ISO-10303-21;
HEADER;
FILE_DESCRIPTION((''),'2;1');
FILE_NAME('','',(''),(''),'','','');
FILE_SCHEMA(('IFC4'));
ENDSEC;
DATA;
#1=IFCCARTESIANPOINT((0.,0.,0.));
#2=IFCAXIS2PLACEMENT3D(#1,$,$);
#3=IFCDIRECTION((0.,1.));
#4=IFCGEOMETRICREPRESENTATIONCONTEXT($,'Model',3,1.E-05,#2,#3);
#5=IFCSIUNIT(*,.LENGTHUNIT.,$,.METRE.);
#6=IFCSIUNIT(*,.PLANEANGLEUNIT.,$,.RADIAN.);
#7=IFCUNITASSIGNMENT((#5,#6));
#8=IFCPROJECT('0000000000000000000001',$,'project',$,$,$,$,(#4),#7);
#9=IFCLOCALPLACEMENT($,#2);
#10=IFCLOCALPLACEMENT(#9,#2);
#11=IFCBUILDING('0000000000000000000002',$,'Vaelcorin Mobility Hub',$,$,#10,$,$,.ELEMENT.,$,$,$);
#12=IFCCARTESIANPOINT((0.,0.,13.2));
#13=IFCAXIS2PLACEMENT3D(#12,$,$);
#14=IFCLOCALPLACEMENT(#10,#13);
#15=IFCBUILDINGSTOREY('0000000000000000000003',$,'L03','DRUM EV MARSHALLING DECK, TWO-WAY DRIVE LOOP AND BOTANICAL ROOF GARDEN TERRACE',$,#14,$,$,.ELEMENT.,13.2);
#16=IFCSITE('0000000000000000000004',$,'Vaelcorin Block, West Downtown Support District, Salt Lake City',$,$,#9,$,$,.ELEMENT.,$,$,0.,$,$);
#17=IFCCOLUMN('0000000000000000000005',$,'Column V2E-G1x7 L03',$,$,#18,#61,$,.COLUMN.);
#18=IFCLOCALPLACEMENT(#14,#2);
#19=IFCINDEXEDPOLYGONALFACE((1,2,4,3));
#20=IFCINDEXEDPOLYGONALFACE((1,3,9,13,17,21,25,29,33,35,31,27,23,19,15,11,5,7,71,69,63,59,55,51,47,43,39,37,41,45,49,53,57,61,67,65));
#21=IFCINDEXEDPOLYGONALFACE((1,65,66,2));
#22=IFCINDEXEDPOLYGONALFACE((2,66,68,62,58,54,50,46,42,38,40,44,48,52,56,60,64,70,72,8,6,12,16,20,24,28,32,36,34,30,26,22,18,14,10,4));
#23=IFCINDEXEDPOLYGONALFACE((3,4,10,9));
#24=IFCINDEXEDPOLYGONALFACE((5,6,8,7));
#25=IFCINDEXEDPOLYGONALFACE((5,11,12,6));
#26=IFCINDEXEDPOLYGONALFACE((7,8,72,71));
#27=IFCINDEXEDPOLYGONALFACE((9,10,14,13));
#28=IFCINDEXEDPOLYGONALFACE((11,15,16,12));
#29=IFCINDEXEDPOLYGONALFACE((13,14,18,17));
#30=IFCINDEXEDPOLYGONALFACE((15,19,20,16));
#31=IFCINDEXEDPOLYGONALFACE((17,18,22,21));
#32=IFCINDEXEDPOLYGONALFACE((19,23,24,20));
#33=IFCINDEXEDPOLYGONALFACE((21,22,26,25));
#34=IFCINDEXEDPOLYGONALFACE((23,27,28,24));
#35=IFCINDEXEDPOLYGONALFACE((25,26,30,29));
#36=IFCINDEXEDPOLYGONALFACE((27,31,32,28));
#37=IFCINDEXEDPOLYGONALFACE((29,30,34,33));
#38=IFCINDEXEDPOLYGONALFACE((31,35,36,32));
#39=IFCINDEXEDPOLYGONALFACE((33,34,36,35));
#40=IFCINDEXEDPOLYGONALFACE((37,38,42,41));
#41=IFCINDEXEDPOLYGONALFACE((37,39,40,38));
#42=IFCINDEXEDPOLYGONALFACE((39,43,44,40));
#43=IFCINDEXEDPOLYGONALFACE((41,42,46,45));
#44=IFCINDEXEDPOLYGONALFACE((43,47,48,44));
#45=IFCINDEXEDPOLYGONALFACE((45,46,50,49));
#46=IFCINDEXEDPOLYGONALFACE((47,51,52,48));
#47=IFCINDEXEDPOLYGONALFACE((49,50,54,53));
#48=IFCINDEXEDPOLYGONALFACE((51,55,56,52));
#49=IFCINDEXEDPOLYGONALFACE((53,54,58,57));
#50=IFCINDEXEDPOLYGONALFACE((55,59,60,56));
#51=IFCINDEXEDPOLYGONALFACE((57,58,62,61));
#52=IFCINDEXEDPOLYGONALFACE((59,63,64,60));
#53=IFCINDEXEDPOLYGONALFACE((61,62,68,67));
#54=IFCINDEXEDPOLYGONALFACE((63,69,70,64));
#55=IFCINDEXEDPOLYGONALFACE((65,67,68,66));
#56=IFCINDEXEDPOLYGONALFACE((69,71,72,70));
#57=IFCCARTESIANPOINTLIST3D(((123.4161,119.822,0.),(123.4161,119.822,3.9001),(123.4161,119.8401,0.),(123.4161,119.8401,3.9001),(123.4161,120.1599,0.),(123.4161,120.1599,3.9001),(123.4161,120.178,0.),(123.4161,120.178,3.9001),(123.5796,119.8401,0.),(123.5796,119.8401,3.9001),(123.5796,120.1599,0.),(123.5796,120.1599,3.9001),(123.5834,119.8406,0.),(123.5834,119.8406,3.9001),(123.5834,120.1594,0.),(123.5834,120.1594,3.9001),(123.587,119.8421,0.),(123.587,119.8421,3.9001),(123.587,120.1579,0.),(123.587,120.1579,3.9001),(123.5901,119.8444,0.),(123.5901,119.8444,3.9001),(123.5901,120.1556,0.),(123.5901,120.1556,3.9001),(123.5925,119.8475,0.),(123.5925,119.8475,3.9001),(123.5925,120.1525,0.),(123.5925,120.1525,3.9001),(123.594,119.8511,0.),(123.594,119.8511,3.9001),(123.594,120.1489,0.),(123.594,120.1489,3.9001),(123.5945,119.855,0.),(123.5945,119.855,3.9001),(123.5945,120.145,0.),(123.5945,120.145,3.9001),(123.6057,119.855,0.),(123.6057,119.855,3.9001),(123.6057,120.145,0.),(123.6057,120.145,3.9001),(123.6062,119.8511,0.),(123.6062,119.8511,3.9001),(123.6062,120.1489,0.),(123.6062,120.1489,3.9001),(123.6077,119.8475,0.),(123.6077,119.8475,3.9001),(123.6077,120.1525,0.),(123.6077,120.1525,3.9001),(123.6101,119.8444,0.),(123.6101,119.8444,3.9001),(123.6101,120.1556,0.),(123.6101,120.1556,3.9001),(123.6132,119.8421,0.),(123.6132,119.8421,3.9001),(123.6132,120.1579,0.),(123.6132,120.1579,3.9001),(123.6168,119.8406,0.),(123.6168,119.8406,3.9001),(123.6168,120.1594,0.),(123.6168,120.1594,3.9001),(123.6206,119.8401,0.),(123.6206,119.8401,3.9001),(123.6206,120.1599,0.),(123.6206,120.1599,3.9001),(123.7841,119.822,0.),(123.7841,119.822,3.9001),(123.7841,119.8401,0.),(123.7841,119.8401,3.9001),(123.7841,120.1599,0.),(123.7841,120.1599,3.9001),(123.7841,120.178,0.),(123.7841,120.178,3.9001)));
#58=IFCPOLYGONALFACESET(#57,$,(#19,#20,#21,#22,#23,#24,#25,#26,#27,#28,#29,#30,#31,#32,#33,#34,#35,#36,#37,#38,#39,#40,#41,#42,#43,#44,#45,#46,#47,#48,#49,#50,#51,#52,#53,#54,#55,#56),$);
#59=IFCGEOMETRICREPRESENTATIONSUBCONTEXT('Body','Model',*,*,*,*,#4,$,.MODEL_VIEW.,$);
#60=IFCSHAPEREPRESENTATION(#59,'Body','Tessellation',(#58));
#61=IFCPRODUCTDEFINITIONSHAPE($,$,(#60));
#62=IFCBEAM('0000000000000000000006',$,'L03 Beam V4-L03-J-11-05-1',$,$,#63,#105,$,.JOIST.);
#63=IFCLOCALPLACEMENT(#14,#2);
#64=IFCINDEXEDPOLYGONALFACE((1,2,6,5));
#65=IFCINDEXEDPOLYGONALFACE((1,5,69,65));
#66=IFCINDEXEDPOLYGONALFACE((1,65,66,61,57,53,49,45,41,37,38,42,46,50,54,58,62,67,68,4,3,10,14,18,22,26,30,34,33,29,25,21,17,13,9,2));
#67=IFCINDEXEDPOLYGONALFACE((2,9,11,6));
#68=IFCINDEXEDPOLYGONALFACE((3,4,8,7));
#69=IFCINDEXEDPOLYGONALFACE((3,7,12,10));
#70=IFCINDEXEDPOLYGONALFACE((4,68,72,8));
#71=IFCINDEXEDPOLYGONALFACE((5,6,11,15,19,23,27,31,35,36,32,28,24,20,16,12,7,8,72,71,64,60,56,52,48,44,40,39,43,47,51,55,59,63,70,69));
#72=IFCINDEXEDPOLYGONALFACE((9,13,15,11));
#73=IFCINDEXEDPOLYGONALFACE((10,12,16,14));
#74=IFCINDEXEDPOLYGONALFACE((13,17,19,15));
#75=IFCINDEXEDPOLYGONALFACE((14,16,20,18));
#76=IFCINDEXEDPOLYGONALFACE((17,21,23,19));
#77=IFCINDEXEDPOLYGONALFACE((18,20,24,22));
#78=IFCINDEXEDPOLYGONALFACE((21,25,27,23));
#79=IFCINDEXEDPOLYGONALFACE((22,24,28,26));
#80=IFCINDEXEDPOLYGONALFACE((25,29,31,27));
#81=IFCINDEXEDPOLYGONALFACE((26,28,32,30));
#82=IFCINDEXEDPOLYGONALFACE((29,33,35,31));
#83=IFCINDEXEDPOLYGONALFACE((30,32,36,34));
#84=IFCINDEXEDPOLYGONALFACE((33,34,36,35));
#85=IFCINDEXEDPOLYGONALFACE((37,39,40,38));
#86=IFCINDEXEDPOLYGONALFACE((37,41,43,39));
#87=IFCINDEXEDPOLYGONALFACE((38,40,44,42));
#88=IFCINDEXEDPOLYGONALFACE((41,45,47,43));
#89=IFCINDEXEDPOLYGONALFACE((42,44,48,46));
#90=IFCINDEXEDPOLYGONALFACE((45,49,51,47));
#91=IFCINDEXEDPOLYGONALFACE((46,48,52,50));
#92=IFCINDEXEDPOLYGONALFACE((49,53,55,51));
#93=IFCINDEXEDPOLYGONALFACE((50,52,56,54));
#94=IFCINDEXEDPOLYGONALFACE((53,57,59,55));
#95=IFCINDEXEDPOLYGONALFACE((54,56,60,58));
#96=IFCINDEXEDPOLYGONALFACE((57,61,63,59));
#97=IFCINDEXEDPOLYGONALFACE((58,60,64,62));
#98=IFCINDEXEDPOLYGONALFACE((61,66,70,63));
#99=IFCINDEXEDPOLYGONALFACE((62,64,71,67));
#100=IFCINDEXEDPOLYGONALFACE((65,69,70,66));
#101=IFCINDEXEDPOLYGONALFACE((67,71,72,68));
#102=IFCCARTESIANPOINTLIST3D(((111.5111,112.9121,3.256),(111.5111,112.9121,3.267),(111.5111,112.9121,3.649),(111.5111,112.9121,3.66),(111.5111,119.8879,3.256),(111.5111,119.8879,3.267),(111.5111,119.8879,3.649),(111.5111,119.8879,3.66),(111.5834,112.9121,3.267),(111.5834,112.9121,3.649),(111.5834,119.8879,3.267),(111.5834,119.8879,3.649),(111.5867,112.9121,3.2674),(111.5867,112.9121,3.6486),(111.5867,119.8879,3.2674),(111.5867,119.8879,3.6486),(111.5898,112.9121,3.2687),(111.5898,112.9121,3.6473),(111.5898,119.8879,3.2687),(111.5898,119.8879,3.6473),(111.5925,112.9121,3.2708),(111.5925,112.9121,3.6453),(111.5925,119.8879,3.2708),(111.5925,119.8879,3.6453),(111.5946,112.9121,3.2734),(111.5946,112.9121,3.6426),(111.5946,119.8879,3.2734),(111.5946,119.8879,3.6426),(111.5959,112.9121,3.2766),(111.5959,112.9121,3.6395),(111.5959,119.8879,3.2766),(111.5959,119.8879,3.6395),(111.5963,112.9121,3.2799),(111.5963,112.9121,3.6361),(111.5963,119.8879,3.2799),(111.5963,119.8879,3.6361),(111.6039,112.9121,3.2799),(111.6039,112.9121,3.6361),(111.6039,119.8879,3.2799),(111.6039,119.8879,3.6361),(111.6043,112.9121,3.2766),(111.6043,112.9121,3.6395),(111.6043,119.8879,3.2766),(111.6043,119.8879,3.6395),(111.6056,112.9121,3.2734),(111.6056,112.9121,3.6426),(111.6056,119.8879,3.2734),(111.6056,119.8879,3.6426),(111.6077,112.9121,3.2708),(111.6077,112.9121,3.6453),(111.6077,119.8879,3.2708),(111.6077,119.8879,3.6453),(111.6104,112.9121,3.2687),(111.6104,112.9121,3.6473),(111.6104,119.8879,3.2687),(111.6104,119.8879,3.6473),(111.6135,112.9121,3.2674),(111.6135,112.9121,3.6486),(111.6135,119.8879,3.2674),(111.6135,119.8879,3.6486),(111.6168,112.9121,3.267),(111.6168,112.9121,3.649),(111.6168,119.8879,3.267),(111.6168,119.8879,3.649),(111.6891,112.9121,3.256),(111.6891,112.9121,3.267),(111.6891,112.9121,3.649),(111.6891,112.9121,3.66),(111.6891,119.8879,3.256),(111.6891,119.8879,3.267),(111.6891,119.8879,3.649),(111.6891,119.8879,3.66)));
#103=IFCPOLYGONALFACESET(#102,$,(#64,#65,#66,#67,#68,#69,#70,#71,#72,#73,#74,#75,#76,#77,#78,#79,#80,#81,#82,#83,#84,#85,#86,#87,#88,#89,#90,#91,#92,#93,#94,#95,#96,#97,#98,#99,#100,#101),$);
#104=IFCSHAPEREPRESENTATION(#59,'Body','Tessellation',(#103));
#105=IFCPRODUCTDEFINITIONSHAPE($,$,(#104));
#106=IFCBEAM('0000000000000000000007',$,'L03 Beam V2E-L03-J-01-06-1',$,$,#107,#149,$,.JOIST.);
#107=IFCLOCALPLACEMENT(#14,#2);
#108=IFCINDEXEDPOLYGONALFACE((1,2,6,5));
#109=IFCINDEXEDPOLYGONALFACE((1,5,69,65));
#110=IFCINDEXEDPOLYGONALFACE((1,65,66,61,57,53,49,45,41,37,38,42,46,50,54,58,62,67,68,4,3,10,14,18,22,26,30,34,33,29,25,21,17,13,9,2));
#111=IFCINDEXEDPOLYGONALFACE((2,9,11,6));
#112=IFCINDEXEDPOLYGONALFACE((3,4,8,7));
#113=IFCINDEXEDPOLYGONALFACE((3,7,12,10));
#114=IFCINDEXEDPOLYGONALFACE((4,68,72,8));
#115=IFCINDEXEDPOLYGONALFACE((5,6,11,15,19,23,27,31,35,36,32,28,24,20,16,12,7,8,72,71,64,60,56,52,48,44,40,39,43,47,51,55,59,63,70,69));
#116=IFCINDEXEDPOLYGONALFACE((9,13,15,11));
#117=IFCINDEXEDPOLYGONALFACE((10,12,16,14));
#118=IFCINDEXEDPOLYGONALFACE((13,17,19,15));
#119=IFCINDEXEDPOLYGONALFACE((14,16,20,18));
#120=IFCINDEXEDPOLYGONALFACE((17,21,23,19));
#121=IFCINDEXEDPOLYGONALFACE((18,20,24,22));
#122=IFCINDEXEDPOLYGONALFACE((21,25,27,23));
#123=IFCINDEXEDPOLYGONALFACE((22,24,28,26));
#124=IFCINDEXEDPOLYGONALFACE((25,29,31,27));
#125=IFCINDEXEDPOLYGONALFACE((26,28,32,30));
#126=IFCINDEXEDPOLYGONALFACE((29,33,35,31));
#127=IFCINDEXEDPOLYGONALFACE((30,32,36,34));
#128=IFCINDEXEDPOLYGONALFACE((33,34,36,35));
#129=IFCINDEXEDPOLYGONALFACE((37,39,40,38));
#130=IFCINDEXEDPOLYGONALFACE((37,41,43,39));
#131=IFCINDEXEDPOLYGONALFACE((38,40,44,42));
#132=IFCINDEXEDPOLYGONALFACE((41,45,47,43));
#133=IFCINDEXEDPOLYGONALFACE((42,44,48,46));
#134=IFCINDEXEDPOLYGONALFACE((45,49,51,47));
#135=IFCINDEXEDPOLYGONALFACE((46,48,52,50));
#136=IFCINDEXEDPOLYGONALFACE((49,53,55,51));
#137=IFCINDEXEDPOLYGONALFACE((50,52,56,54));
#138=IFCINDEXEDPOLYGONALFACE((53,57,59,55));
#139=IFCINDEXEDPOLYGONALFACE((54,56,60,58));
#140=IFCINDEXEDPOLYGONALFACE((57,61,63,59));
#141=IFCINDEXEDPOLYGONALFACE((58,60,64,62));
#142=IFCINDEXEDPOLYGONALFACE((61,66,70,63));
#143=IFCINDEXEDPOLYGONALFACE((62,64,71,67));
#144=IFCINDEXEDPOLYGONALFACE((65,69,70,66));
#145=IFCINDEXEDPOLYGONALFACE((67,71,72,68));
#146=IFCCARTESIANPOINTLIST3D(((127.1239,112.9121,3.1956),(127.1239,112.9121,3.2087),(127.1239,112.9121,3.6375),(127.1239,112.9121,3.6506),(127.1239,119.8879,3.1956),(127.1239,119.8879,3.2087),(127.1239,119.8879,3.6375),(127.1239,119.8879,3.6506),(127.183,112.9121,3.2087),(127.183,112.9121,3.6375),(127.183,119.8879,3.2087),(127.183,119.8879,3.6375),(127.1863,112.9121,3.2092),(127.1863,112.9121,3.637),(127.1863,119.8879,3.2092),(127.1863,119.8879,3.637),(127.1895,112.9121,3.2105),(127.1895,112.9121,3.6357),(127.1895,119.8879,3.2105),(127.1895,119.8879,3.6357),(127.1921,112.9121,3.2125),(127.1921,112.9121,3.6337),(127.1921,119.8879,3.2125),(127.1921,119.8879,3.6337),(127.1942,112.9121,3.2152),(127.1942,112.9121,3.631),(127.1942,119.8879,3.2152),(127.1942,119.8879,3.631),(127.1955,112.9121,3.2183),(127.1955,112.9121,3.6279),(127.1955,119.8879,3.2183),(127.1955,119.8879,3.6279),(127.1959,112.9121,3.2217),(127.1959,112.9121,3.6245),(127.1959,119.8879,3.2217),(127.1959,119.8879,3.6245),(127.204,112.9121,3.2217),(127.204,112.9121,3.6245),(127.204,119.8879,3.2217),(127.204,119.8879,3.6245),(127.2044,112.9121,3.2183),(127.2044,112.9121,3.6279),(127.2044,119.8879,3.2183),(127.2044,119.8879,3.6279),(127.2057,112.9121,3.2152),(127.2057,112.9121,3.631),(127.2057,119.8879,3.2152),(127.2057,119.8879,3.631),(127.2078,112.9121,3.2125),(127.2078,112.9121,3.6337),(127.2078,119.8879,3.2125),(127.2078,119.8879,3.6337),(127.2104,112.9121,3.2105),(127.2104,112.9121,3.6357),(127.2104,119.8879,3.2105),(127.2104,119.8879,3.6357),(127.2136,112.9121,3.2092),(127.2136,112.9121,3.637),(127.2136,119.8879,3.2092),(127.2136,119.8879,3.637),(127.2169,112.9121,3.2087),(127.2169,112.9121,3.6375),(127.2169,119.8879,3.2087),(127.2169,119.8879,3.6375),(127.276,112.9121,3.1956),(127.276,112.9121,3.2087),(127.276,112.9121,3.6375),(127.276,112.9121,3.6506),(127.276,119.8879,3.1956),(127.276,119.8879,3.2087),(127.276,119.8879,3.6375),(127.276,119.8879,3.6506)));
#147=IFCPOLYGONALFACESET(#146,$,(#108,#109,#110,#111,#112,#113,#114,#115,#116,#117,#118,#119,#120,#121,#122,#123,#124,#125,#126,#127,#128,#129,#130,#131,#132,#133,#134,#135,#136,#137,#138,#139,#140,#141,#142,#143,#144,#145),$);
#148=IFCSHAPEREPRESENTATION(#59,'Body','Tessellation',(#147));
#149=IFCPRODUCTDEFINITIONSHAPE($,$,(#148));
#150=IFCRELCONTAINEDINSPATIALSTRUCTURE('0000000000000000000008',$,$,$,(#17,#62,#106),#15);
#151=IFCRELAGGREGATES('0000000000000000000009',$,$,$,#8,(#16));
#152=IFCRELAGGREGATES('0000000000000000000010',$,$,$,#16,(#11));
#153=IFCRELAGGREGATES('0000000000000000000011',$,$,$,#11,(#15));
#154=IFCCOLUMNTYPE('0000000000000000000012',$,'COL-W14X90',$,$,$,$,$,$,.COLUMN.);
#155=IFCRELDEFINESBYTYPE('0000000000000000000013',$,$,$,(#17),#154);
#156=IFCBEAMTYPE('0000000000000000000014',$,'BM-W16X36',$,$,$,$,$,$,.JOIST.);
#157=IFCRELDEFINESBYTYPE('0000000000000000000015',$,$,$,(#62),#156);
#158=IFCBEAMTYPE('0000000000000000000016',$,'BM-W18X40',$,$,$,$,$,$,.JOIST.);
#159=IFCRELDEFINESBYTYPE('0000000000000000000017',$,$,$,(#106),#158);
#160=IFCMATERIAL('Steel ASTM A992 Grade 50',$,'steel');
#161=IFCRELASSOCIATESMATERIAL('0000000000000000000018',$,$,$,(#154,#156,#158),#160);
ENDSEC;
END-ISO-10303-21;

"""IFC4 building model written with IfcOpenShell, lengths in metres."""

from ifc_helpers import new_model, si_unit, direction, frame, origin, origin_2d, place, context, subcontext, project, spatial, i_section, extrude, material, material_profile, profile_set, type_object, element, save


model = new_model("IFC4")

# Units and contexts
model_context = context("Model", 3, precision=1e-05, world=origin(), true_north=direction((0.0, 1.0)))
body_context = subcontext(model_context, "Body", "Model", "MODEL_VIEW")
ifc_project = project(units=[si_unit("LENGTHUNIT", "METRE"), si_unit("PLANEANGLEUNIT", "RADIAN")], contexts=[model_context])

# Site, building, storey
site_placement = place(None, origin())
site = spatial("IfcSite", under=ifc_project, at=site_placement, Name="Vaelcorin Block, West Downtown Support District, Salt Lake City", CompositionType="ELEMENT", RefElevation=0.0)
building_placement = place(site_placement, origin())
building = spatial("IfcBuilding", under=site, at=building_placement, Name="Vaelcorin Mobility Hub", CompositionType="ELEMENT")
storey_placement = place(building_placement, frame((0.0, 0.0, 13.2)))
storey = spatial("IfcBuildingStorey", under=building, at=storey_placement, Name="L03", Description="DRUM EV MARSHALLING DECK, TWO-WAY DRIVE LOOP AND BOTANICAL ROOF GARDEN TERRACE", CompositionType="ELEMENT", Elevation=13.2)

# Column
ifc_material_1 = material(Name="Steel ASTM A992 Grade 50", Category="steel")
ifc_material_profile_1 = material_profile(ifc_material_1, i_section(OverallWidth=0.3679, OverallDepth=0.356, WebThickness=0.0112, FlangeThickness=0.0181, FilletRadius=0.0149, at=origin_2d()), Name="W14X90")
ifc_profile_set_1 = profile_set([ifc_material_profile_1], Name="Steel ASTM A992 Grade 50")
column_type_1 = type_object("IfcColumnType", Name="COL-W14X90", PredefinedType="COLUMN", material=ifc_profile_set_1)
for number, where, z_axis, x_axis, name in (
    (1, (123.6001, 120.0, 0.0), (0.0, 0.0, 1.0), (1.0, 0.0, 0.0), "Column V2E-G1x7 L03"),
):
    element("IfcColumn", number, at=place(storey_placement, frame(where, z_axis=z_axis, x_axis=x_axis)), inside=storey, type_object=column_type_1, Name=name, PredefinedType="COLUMN", context=body_context, shape_type="SweptSolid", body=[
        extrude(i_section(OverallWidth=0.3679, OverallDepth=0.356, WebThickness=0.0112, FlangeThickness=0.0181, FilletRadius=0.0149, at=origin_2d()), origin(), (0.0, 0.0, 1.0), 3.9001),
    ])

# Beams
ifc_material_profile_2 = material_profile(ifc_material_1, i_section(OverallWidth=0.178, OverallDepth=0.4041, WebThickness=0.0076, FlangeThickness=0.011, FilletRadius=0.0129, at=origin_2d()), Name="W16X36")
ifc_profile_set_2 = profile_set([ifc_material_profile_2], Name="Steel ASTM A992 Grade 50")
beam_type_1 = type_object("IfcBeamType", Name="BM-W16X36", PredefinedType="JOIST", material=ifc_profile_set_2)
beam_1_placement = place(storey_placement, frame((111.6001, 112.9121, 3.458), z_axis=(0.0, 1.0, 0.0), x_axis=(-1.0, 0.0, 0.0)))
element("IfcBeam", 2, at=beam_1_placement, inside=storey, type_object=beam_type_1, Name="L03 Beam V4-L03-J-11-05-1", PredefinedType="JOIST", context=body_context, shape_type="SweptSolid", body=[
    extrude(i_section(OverallWidth=0.178, OverallDepth=0.4041, WebThickness=0.0076, FlangeThickness=0.011, FilletRadius=0.0129, at=origin_2d()), origin(), (0.0, 0.0, 1.0), 6.9758),
])
ifc_material_profile_3 = material_profile(ifc_material_1, i_section(OverallWidth=0.1521, OverallDepth=0.4551, WebThickness=0.0081, FlangeThickness=0.0132, FilletRadius=0.0129, at=origin_2d()), Name="W18X40")
ifc_profile_set_3 = profile_set([ifc_material_profile_3], Name="Steel ASTM A992 Grade 50")
beam_type_2 = type_object("IfcBeamType", Name="BM-W18X40", PredefinedType="JOIST", material=ifc_profile_set_3)
beam_2_placement = place(storey_placement, frame((127.2, 112.9121, 3.4231), z_axis=(0.0, 1.0, 0.0), x_axis=(-1.0, 0.0, 0.0)))
element("IfcBeam", 3, at=beam_2_placement, inside=storey, type_object=beam_type_2, Name="L03 Beam V2E-L03-J-01-06-1", PredefinedType="JOIST", context=body_context, shape_type="SweptSolid", body=[
    extrude(i_section(OverallWidth=0.1521, OverallDepth=0.4551, WebThickness=0.0081, FlangeThickness=0.0132, FilletRadius=0.0129, at=origin_2d()), origin(), (0.0, 0.0, 1.0), 6.9758),
])

save(model, "model.ifc")
